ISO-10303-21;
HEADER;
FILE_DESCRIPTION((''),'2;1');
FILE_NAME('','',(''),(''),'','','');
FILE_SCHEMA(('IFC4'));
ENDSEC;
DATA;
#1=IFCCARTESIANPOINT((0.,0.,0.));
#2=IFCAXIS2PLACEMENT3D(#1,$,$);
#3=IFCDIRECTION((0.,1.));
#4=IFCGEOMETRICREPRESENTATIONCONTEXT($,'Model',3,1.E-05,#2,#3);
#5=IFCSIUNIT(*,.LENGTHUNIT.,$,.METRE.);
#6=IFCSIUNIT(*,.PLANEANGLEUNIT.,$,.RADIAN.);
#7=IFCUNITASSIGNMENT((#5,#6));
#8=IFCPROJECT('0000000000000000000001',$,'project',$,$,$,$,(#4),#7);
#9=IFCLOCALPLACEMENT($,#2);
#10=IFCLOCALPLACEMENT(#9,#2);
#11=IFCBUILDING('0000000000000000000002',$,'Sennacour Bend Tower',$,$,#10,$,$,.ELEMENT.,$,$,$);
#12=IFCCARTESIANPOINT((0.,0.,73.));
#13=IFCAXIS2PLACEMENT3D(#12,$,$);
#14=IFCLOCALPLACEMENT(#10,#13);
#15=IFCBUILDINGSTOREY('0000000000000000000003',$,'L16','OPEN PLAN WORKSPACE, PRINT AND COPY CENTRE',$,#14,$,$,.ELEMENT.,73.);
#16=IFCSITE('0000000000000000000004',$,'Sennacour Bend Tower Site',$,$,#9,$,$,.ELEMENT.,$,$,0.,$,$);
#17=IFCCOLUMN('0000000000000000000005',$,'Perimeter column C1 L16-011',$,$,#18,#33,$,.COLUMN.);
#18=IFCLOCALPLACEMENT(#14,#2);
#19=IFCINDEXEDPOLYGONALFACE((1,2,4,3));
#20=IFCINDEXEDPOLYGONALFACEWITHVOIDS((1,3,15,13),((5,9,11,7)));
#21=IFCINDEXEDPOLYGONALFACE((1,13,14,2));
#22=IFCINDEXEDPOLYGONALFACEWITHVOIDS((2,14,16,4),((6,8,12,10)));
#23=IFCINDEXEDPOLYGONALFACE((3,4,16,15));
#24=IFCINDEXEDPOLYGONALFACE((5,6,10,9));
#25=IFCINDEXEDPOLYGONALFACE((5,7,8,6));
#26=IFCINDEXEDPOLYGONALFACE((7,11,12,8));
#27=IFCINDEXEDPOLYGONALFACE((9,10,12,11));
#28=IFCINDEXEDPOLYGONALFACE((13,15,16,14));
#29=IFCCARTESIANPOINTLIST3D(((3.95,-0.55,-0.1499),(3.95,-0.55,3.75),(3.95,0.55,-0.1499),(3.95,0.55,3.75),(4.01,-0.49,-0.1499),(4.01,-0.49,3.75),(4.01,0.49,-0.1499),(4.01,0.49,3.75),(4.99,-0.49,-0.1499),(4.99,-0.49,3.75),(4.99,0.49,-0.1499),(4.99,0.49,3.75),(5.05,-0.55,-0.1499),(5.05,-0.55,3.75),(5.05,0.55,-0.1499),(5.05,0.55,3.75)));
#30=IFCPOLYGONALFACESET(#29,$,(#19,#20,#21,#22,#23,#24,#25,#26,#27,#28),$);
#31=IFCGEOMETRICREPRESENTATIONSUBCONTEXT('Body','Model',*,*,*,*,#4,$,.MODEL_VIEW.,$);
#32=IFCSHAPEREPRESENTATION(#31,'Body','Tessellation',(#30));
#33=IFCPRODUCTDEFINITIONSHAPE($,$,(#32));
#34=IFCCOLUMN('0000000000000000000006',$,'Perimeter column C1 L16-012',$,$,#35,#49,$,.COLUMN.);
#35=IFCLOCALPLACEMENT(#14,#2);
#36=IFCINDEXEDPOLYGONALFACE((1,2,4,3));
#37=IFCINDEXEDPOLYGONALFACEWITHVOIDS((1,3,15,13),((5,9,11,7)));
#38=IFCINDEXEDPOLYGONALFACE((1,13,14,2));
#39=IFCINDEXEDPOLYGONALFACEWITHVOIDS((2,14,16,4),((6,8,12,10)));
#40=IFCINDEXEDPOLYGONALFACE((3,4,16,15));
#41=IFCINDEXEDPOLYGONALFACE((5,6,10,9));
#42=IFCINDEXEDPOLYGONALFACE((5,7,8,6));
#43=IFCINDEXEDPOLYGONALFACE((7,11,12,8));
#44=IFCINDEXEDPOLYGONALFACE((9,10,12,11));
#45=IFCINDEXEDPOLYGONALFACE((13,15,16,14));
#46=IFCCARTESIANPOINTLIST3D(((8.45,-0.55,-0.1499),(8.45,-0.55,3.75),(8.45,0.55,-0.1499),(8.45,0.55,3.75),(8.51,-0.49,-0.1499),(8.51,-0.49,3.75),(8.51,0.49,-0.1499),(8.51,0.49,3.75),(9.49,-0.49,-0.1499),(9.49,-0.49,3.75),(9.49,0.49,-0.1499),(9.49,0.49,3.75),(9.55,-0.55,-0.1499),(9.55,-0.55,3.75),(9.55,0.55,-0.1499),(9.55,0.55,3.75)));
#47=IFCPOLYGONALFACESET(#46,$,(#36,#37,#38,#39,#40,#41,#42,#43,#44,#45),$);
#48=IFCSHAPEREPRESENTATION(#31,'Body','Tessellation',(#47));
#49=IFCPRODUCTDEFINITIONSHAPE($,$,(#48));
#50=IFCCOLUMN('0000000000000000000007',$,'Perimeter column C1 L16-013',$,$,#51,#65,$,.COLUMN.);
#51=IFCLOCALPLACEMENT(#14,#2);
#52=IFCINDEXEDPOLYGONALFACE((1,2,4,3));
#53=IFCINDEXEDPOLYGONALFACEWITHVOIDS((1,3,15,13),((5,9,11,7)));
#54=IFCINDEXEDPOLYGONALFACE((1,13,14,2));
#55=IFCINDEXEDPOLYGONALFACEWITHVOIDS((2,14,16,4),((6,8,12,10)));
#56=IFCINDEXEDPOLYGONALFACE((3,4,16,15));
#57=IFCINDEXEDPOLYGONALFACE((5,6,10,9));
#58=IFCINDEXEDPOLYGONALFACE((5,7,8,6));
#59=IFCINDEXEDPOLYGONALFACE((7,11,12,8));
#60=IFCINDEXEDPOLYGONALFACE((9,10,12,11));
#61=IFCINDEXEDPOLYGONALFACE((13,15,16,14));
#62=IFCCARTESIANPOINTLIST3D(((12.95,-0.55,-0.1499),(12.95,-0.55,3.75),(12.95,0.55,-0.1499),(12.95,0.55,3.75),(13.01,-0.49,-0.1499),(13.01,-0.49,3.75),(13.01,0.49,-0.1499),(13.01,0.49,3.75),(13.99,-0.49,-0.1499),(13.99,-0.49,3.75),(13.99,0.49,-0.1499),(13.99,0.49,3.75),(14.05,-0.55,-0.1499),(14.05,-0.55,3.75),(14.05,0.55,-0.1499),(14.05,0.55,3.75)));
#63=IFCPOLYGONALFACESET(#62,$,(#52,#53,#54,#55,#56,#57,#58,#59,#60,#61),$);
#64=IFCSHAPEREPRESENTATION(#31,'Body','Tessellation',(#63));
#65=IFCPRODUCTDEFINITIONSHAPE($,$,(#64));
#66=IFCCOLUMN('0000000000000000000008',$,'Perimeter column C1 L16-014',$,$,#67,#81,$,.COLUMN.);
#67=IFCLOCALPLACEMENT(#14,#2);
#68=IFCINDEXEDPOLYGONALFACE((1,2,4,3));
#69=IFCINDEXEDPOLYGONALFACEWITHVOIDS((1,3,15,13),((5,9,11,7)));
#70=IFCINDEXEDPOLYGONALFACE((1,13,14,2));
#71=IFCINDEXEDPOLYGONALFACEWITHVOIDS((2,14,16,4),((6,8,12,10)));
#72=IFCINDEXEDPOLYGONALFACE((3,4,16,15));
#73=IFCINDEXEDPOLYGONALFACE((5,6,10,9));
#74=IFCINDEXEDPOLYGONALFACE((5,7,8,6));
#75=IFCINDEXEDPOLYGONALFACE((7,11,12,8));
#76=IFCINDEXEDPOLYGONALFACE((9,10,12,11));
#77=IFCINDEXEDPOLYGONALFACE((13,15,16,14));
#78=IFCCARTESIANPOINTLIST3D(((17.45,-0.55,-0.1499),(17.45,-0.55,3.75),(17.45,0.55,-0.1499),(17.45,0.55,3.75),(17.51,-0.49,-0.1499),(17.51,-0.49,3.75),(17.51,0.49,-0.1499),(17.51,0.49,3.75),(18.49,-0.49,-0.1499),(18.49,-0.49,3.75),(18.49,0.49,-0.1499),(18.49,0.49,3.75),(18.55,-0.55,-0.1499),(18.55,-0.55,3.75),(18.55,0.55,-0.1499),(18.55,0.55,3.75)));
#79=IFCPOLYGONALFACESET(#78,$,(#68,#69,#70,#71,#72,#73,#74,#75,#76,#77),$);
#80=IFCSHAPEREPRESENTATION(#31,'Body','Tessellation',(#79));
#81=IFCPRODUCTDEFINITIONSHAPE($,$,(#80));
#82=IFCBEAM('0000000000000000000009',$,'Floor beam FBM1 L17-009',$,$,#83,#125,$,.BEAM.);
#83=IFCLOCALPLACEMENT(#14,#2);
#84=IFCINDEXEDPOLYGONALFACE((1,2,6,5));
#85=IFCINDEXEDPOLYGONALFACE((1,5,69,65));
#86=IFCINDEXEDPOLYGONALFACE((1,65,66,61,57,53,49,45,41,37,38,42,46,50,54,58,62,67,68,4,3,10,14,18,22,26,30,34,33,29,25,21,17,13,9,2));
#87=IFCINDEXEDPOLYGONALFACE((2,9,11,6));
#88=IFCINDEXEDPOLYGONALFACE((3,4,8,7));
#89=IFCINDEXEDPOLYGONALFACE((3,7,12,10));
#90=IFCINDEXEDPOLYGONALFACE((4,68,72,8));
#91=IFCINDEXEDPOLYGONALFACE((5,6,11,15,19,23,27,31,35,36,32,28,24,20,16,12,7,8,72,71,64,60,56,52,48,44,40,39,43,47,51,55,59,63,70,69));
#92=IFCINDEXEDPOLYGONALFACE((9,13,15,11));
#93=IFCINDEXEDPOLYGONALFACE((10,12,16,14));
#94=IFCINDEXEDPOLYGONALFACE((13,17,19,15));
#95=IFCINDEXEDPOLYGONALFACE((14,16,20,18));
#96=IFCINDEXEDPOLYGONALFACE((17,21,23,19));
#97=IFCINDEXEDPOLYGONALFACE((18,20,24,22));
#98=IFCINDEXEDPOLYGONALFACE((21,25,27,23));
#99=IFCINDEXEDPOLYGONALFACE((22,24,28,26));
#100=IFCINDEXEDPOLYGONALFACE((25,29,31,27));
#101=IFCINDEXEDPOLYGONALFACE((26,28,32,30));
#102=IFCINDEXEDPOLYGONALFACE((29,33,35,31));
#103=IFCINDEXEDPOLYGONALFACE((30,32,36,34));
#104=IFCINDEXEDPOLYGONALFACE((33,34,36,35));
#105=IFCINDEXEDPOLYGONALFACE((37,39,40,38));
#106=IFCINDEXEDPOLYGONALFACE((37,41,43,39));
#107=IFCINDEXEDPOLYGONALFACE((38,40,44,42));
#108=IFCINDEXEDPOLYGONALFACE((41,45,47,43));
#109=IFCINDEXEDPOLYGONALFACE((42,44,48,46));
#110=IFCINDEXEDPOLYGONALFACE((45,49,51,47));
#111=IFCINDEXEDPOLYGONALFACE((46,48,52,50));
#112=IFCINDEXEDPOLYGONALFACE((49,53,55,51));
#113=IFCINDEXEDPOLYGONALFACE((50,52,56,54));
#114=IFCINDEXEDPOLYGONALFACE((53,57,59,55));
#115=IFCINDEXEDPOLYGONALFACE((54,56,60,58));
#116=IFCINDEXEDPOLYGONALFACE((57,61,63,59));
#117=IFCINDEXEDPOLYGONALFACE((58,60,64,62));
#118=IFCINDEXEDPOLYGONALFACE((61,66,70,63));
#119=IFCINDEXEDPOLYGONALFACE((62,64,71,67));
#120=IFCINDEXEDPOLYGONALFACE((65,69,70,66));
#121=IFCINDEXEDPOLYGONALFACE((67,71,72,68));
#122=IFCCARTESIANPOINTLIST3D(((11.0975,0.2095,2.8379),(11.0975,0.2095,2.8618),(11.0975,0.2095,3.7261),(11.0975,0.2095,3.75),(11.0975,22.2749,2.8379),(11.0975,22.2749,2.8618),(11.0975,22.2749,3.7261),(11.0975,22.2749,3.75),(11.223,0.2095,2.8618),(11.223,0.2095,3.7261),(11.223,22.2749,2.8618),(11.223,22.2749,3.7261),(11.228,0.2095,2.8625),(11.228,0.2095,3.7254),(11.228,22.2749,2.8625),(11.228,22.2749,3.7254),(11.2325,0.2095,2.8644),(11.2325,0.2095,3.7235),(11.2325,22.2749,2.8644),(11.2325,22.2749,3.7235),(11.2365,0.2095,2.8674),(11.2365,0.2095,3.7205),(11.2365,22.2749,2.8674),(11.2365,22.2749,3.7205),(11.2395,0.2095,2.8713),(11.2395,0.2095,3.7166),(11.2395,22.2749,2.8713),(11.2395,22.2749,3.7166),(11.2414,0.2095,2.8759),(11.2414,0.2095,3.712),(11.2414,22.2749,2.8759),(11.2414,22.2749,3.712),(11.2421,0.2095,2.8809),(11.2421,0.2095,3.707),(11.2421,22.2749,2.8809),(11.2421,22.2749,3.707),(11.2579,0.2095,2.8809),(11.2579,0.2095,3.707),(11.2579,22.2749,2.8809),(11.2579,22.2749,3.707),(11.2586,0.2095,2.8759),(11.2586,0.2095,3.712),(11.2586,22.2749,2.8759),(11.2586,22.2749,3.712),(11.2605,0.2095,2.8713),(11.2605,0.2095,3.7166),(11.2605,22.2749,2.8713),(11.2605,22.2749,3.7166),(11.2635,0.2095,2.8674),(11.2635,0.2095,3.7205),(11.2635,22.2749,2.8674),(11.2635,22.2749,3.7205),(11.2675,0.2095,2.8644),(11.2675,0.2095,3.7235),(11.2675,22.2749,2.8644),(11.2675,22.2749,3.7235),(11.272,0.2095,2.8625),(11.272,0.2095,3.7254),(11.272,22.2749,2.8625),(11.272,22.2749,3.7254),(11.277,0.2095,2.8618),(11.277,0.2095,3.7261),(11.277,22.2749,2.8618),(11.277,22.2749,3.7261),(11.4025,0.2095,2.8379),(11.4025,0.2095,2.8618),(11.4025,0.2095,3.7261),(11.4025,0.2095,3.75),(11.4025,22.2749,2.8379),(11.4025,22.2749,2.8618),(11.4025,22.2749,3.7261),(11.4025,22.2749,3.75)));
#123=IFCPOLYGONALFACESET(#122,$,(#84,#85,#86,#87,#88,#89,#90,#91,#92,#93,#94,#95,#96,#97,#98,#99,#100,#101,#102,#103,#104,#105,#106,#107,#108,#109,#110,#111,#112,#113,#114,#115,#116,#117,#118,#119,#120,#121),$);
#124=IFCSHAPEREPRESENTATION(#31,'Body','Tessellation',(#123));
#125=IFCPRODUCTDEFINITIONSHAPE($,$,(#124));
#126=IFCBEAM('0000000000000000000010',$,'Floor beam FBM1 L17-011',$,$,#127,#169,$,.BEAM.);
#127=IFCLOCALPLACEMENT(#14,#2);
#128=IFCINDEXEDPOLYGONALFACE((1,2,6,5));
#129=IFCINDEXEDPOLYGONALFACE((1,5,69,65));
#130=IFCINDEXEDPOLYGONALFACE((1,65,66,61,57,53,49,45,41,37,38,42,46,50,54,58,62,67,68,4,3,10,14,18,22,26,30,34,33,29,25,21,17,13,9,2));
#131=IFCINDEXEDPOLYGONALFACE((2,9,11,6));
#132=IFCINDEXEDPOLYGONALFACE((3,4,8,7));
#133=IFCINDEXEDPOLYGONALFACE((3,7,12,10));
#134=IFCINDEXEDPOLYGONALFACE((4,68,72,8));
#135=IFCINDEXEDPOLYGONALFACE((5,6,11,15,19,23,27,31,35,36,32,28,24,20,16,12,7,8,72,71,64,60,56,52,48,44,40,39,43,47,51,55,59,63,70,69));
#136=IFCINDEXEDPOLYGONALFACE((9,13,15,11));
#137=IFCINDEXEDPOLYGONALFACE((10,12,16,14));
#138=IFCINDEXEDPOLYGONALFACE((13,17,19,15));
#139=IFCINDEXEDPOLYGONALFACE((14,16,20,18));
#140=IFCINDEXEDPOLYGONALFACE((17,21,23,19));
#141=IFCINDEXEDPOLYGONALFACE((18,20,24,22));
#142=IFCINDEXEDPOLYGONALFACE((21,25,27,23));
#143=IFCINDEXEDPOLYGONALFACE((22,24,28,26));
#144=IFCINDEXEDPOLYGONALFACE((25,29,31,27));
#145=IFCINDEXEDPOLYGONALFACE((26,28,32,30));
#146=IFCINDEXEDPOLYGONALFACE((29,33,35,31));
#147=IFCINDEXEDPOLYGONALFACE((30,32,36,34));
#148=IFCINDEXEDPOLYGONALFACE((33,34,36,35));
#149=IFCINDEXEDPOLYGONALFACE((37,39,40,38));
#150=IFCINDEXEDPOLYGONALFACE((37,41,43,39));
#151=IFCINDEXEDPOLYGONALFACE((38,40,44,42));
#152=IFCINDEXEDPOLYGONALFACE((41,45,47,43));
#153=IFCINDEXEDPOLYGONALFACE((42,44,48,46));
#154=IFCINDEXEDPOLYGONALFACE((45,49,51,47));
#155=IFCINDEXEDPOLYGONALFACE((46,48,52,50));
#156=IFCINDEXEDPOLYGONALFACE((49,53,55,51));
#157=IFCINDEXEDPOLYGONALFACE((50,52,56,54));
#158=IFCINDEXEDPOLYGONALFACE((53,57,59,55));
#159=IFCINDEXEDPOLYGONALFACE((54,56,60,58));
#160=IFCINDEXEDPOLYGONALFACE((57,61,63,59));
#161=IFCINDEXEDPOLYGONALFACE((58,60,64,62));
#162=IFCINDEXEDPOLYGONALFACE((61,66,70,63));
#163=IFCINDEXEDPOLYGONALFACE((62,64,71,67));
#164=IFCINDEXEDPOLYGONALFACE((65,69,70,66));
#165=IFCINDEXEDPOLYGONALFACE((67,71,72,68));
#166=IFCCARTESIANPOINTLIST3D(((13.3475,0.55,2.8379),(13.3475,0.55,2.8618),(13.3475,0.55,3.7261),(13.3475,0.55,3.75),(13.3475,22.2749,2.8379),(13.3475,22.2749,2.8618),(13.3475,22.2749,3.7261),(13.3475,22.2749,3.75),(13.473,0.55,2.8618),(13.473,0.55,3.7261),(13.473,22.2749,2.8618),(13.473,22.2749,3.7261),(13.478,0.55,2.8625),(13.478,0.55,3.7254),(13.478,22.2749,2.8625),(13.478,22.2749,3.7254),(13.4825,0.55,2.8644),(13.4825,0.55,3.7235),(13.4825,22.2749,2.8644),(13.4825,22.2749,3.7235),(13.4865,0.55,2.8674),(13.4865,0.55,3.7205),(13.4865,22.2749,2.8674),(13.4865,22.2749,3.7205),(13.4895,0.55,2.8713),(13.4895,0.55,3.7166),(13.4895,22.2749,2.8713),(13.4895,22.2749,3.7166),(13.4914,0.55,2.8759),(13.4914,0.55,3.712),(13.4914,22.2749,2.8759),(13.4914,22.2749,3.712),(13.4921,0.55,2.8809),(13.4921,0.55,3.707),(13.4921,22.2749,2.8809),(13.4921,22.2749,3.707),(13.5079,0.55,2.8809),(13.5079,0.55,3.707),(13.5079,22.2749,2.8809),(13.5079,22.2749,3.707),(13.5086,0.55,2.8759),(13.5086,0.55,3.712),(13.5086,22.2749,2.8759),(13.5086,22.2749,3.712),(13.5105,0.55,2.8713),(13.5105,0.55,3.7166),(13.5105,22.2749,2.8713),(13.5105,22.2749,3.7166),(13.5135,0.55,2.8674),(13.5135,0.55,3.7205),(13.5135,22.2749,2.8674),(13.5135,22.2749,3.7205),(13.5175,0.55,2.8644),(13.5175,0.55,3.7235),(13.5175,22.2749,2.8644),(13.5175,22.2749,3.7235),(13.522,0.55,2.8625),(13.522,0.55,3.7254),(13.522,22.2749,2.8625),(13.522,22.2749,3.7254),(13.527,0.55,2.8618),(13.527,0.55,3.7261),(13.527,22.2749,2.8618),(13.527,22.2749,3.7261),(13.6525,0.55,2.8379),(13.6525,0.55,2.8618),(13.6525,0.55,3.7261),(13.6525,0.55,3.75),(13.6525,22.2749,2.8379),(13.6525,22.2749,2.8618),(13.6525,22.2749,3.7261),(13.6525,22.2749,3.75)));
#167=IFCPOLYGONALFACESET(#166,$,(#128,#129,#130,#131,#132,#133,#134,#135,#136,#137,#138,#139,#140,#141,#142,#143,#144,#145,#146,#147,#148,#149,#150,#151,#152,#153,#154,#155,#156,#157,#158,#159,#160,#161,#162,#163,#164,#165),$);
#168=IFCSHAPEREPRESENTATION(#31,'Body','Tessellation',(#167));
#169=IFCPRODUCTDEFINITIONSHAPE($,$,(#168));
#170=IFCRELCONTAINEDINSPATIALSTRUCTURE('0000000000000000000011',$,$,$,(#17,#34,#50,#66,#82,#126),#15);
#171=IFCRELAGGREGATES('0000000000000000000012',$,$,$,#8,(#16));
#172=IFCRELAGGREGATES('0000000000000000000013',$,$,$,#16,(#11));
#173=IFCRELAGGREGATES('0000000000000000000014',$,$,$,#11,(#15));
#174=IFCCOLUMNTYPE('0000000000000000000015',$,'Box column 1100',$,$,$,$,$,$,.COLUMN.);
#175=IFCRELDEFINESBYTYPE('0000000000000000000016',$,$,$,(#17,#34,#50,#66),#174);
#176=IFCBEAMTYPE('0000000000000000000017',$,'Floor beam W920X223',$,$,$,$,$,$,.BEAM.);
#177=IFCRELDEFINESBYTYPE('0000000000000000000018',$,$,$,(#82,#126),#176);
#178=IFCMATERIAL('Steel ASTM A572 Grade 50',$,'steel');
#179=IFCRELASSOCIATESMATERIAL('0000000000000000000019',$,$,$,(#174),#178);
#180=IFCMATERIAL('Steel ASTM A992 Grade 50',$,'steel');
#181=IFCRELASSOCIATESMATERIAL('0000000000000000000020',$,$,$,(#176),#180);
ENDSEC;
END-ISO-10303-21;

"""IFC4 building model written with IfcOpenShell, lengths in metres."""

from ifc_helpers import new_model, si_unit, direction, frame, origin, origin_2d, place, context, subcontext, project, spatial, hollow_rectangle, i_section, extrude, material, material_profile, profile_set, type_object, element, save


model = new_model("IFC4")

# Units and contexts
model_context = context("Model", 3, precision=1e-05, world=origin(), true_north=direction((0.0, 1.0)))
body_context = subcontext(model_context, "Body", "Model", "MODEL_VIEW")
ifc_project = project(units=[si_unit("LENGTHUNIT", "METRE"), si_unit("PLANEANGLEUNIT", "RADIAN")], contexts=[model_context])

# Site, building, storey
site_placement = place(None, origin())
site = spatial("IfcSite", under=ifc_project, at=site_placement, Name="Sennacour Bend Tower Site", CompositionType="ELEMENT", RefElevation=0.0)
building_placement = place(site_placement, origin())
building = spatial("IfcBuilding", under=site, at=building_placement, Name="Sennacour Bend Tower", CompositionType="ELEMENT")
storey_placement = place(building_placement, frame((0.0, 0.0, 73.0)))
storey = spatial("IfcBuildingStorey", under=building, at=storey_placement, Name="L16", Description="OPEN PLAN WORKSPACE, PRINT AND COPY CENTRE", CompositionType="ELEMENT", Elevation=73.0)

# Columns
ifc_material_1 = material(Name="Steel ASTM A572 Grade 50", Category="steel")
ifc_material_profile_1 = material_profile(ifc_material_1, hollow_rectangle(XDim=1.1001, YDim=1.1001, WallThickness=0.0601, at=origin_2d()), Name="Steel ASTM A572 Grade 50", Category="steel")
ifc_profile_set_1 = profile_set([ifc_material_profile_1], Name="Steel ASTM A572 Grade 50")
column_type = type_object("IfcColumnType", Name="Box column 1100", PredefinedType="COLUMN", material=ifc_profile_set_1)
for number, where, z_axis, x_axis, name in (
    (1, (4.5, 0.0, -0.1499), (0.0, 0.0, 1.0), (1.0, 0.0, 0.0), "Perimeter column C1 L16-011"),
    (2, (9.0, 0.0, -0.1499), (0.0, 0.0, 1.0), (1.0, 0.0, 0.0), "Perimeter column C1 L16-012"),
    (3, (13.5, 0.0, -0.1499), (0.0, 0.0, 1.0), (1.0, 0.0, 0.0), "Perimeter column C1 L16-013"),
    (4, (18.0, 0.0, -0.1499), (0.0, 0.0, 1.0), (1.0, 0.0, 0.0), "Perimeter column C1 L16-014"),
):
    element("IfcColumn", number, at=place(storey_placement, frame(where, z_axis=z_axis, x_axis=x_axis)), inside=storey, type_object=column_type, Name=name, PredefinedType="COLUMN", context=body_context, shape_type="SweptSolid", body=[
        extrude(hollow_rectangle(XDim=1.1001, YDim=1.1001, WallThickness=0.0601, at=origin_2d()), origin(), (0.0, 0.0, 1.0), 3.8999),
    ])

# Beams
ifc_material_2 = material(Name="Steel ASTM A992 Grade 50", Category="steel")
ifc_material_profile_2 = material_profile(ifc_material_2, i_section(OverallWidth=0.3049, OverallDepth=0.9121, WebThickness=0.0159, FlangeThickness=0.0239, FilletRadius=0.019, at=origin_2d()), Name="Steel ASTM A992 Grade 50", Category="steel")
ifc_profile_set_2 = profile_set([ifc_material_profile_2], Name="Steel ASTM A992 Grade 50")
beam_type = type_object("IfcBeamType", Name="Floor beam W920X223", PredefinedType="BEAM", material=ifc_profile_set_2)
beam_1_placement = place(storey_placement, frame((11.25, 0.2095, 3.2939), z_axis=(0.0, 1.0, 0.0), x_axis=(-1.0, 0.0, 0.0)))
element("IfcBeam", 5, at=beam_1_placement, inside=storey, type_object=beam_type, Name="Floor beam FBM1 L17-009", PredefinedType="BEAM", context=body_context, shape_type="SweptSolid", body=[
    extrude(i_section(OverallWidth=0.3049, OverallDepth=0.9121, WebThickness=0.0159, FlangeThickness=0.0239, FilletRadius=0.019, at=origin_2d()), origin(), (0.0, 0.0, 1.0), 22.0654),
])
beam_2_placement = place(storey_placement, frame((13.5, 0.55, 3.2939), z_axis=(0.0, 1.0, 0.0), x_axis=(-1.0, 0.0, 0.0)))
element("IfcBeam", 6, at=beam_2_placement, inside=storey, type_object=beam_type, Name="Floor beam FBM1 L17-011", PredefinedType="BEAM", context=body_context, shape_type="SweptSolid", body=[
    extrude(i_section(OverallWidth=0.3049, OverallDepth=0.9121, WebThickness=0.0159, FlangeThickness=0.0239, FilletRadius=0.019, at=origin_2d()), origin(), (0.0, 0.0, 1.0), 21.7249),
])

save(model, "model.ifc")
